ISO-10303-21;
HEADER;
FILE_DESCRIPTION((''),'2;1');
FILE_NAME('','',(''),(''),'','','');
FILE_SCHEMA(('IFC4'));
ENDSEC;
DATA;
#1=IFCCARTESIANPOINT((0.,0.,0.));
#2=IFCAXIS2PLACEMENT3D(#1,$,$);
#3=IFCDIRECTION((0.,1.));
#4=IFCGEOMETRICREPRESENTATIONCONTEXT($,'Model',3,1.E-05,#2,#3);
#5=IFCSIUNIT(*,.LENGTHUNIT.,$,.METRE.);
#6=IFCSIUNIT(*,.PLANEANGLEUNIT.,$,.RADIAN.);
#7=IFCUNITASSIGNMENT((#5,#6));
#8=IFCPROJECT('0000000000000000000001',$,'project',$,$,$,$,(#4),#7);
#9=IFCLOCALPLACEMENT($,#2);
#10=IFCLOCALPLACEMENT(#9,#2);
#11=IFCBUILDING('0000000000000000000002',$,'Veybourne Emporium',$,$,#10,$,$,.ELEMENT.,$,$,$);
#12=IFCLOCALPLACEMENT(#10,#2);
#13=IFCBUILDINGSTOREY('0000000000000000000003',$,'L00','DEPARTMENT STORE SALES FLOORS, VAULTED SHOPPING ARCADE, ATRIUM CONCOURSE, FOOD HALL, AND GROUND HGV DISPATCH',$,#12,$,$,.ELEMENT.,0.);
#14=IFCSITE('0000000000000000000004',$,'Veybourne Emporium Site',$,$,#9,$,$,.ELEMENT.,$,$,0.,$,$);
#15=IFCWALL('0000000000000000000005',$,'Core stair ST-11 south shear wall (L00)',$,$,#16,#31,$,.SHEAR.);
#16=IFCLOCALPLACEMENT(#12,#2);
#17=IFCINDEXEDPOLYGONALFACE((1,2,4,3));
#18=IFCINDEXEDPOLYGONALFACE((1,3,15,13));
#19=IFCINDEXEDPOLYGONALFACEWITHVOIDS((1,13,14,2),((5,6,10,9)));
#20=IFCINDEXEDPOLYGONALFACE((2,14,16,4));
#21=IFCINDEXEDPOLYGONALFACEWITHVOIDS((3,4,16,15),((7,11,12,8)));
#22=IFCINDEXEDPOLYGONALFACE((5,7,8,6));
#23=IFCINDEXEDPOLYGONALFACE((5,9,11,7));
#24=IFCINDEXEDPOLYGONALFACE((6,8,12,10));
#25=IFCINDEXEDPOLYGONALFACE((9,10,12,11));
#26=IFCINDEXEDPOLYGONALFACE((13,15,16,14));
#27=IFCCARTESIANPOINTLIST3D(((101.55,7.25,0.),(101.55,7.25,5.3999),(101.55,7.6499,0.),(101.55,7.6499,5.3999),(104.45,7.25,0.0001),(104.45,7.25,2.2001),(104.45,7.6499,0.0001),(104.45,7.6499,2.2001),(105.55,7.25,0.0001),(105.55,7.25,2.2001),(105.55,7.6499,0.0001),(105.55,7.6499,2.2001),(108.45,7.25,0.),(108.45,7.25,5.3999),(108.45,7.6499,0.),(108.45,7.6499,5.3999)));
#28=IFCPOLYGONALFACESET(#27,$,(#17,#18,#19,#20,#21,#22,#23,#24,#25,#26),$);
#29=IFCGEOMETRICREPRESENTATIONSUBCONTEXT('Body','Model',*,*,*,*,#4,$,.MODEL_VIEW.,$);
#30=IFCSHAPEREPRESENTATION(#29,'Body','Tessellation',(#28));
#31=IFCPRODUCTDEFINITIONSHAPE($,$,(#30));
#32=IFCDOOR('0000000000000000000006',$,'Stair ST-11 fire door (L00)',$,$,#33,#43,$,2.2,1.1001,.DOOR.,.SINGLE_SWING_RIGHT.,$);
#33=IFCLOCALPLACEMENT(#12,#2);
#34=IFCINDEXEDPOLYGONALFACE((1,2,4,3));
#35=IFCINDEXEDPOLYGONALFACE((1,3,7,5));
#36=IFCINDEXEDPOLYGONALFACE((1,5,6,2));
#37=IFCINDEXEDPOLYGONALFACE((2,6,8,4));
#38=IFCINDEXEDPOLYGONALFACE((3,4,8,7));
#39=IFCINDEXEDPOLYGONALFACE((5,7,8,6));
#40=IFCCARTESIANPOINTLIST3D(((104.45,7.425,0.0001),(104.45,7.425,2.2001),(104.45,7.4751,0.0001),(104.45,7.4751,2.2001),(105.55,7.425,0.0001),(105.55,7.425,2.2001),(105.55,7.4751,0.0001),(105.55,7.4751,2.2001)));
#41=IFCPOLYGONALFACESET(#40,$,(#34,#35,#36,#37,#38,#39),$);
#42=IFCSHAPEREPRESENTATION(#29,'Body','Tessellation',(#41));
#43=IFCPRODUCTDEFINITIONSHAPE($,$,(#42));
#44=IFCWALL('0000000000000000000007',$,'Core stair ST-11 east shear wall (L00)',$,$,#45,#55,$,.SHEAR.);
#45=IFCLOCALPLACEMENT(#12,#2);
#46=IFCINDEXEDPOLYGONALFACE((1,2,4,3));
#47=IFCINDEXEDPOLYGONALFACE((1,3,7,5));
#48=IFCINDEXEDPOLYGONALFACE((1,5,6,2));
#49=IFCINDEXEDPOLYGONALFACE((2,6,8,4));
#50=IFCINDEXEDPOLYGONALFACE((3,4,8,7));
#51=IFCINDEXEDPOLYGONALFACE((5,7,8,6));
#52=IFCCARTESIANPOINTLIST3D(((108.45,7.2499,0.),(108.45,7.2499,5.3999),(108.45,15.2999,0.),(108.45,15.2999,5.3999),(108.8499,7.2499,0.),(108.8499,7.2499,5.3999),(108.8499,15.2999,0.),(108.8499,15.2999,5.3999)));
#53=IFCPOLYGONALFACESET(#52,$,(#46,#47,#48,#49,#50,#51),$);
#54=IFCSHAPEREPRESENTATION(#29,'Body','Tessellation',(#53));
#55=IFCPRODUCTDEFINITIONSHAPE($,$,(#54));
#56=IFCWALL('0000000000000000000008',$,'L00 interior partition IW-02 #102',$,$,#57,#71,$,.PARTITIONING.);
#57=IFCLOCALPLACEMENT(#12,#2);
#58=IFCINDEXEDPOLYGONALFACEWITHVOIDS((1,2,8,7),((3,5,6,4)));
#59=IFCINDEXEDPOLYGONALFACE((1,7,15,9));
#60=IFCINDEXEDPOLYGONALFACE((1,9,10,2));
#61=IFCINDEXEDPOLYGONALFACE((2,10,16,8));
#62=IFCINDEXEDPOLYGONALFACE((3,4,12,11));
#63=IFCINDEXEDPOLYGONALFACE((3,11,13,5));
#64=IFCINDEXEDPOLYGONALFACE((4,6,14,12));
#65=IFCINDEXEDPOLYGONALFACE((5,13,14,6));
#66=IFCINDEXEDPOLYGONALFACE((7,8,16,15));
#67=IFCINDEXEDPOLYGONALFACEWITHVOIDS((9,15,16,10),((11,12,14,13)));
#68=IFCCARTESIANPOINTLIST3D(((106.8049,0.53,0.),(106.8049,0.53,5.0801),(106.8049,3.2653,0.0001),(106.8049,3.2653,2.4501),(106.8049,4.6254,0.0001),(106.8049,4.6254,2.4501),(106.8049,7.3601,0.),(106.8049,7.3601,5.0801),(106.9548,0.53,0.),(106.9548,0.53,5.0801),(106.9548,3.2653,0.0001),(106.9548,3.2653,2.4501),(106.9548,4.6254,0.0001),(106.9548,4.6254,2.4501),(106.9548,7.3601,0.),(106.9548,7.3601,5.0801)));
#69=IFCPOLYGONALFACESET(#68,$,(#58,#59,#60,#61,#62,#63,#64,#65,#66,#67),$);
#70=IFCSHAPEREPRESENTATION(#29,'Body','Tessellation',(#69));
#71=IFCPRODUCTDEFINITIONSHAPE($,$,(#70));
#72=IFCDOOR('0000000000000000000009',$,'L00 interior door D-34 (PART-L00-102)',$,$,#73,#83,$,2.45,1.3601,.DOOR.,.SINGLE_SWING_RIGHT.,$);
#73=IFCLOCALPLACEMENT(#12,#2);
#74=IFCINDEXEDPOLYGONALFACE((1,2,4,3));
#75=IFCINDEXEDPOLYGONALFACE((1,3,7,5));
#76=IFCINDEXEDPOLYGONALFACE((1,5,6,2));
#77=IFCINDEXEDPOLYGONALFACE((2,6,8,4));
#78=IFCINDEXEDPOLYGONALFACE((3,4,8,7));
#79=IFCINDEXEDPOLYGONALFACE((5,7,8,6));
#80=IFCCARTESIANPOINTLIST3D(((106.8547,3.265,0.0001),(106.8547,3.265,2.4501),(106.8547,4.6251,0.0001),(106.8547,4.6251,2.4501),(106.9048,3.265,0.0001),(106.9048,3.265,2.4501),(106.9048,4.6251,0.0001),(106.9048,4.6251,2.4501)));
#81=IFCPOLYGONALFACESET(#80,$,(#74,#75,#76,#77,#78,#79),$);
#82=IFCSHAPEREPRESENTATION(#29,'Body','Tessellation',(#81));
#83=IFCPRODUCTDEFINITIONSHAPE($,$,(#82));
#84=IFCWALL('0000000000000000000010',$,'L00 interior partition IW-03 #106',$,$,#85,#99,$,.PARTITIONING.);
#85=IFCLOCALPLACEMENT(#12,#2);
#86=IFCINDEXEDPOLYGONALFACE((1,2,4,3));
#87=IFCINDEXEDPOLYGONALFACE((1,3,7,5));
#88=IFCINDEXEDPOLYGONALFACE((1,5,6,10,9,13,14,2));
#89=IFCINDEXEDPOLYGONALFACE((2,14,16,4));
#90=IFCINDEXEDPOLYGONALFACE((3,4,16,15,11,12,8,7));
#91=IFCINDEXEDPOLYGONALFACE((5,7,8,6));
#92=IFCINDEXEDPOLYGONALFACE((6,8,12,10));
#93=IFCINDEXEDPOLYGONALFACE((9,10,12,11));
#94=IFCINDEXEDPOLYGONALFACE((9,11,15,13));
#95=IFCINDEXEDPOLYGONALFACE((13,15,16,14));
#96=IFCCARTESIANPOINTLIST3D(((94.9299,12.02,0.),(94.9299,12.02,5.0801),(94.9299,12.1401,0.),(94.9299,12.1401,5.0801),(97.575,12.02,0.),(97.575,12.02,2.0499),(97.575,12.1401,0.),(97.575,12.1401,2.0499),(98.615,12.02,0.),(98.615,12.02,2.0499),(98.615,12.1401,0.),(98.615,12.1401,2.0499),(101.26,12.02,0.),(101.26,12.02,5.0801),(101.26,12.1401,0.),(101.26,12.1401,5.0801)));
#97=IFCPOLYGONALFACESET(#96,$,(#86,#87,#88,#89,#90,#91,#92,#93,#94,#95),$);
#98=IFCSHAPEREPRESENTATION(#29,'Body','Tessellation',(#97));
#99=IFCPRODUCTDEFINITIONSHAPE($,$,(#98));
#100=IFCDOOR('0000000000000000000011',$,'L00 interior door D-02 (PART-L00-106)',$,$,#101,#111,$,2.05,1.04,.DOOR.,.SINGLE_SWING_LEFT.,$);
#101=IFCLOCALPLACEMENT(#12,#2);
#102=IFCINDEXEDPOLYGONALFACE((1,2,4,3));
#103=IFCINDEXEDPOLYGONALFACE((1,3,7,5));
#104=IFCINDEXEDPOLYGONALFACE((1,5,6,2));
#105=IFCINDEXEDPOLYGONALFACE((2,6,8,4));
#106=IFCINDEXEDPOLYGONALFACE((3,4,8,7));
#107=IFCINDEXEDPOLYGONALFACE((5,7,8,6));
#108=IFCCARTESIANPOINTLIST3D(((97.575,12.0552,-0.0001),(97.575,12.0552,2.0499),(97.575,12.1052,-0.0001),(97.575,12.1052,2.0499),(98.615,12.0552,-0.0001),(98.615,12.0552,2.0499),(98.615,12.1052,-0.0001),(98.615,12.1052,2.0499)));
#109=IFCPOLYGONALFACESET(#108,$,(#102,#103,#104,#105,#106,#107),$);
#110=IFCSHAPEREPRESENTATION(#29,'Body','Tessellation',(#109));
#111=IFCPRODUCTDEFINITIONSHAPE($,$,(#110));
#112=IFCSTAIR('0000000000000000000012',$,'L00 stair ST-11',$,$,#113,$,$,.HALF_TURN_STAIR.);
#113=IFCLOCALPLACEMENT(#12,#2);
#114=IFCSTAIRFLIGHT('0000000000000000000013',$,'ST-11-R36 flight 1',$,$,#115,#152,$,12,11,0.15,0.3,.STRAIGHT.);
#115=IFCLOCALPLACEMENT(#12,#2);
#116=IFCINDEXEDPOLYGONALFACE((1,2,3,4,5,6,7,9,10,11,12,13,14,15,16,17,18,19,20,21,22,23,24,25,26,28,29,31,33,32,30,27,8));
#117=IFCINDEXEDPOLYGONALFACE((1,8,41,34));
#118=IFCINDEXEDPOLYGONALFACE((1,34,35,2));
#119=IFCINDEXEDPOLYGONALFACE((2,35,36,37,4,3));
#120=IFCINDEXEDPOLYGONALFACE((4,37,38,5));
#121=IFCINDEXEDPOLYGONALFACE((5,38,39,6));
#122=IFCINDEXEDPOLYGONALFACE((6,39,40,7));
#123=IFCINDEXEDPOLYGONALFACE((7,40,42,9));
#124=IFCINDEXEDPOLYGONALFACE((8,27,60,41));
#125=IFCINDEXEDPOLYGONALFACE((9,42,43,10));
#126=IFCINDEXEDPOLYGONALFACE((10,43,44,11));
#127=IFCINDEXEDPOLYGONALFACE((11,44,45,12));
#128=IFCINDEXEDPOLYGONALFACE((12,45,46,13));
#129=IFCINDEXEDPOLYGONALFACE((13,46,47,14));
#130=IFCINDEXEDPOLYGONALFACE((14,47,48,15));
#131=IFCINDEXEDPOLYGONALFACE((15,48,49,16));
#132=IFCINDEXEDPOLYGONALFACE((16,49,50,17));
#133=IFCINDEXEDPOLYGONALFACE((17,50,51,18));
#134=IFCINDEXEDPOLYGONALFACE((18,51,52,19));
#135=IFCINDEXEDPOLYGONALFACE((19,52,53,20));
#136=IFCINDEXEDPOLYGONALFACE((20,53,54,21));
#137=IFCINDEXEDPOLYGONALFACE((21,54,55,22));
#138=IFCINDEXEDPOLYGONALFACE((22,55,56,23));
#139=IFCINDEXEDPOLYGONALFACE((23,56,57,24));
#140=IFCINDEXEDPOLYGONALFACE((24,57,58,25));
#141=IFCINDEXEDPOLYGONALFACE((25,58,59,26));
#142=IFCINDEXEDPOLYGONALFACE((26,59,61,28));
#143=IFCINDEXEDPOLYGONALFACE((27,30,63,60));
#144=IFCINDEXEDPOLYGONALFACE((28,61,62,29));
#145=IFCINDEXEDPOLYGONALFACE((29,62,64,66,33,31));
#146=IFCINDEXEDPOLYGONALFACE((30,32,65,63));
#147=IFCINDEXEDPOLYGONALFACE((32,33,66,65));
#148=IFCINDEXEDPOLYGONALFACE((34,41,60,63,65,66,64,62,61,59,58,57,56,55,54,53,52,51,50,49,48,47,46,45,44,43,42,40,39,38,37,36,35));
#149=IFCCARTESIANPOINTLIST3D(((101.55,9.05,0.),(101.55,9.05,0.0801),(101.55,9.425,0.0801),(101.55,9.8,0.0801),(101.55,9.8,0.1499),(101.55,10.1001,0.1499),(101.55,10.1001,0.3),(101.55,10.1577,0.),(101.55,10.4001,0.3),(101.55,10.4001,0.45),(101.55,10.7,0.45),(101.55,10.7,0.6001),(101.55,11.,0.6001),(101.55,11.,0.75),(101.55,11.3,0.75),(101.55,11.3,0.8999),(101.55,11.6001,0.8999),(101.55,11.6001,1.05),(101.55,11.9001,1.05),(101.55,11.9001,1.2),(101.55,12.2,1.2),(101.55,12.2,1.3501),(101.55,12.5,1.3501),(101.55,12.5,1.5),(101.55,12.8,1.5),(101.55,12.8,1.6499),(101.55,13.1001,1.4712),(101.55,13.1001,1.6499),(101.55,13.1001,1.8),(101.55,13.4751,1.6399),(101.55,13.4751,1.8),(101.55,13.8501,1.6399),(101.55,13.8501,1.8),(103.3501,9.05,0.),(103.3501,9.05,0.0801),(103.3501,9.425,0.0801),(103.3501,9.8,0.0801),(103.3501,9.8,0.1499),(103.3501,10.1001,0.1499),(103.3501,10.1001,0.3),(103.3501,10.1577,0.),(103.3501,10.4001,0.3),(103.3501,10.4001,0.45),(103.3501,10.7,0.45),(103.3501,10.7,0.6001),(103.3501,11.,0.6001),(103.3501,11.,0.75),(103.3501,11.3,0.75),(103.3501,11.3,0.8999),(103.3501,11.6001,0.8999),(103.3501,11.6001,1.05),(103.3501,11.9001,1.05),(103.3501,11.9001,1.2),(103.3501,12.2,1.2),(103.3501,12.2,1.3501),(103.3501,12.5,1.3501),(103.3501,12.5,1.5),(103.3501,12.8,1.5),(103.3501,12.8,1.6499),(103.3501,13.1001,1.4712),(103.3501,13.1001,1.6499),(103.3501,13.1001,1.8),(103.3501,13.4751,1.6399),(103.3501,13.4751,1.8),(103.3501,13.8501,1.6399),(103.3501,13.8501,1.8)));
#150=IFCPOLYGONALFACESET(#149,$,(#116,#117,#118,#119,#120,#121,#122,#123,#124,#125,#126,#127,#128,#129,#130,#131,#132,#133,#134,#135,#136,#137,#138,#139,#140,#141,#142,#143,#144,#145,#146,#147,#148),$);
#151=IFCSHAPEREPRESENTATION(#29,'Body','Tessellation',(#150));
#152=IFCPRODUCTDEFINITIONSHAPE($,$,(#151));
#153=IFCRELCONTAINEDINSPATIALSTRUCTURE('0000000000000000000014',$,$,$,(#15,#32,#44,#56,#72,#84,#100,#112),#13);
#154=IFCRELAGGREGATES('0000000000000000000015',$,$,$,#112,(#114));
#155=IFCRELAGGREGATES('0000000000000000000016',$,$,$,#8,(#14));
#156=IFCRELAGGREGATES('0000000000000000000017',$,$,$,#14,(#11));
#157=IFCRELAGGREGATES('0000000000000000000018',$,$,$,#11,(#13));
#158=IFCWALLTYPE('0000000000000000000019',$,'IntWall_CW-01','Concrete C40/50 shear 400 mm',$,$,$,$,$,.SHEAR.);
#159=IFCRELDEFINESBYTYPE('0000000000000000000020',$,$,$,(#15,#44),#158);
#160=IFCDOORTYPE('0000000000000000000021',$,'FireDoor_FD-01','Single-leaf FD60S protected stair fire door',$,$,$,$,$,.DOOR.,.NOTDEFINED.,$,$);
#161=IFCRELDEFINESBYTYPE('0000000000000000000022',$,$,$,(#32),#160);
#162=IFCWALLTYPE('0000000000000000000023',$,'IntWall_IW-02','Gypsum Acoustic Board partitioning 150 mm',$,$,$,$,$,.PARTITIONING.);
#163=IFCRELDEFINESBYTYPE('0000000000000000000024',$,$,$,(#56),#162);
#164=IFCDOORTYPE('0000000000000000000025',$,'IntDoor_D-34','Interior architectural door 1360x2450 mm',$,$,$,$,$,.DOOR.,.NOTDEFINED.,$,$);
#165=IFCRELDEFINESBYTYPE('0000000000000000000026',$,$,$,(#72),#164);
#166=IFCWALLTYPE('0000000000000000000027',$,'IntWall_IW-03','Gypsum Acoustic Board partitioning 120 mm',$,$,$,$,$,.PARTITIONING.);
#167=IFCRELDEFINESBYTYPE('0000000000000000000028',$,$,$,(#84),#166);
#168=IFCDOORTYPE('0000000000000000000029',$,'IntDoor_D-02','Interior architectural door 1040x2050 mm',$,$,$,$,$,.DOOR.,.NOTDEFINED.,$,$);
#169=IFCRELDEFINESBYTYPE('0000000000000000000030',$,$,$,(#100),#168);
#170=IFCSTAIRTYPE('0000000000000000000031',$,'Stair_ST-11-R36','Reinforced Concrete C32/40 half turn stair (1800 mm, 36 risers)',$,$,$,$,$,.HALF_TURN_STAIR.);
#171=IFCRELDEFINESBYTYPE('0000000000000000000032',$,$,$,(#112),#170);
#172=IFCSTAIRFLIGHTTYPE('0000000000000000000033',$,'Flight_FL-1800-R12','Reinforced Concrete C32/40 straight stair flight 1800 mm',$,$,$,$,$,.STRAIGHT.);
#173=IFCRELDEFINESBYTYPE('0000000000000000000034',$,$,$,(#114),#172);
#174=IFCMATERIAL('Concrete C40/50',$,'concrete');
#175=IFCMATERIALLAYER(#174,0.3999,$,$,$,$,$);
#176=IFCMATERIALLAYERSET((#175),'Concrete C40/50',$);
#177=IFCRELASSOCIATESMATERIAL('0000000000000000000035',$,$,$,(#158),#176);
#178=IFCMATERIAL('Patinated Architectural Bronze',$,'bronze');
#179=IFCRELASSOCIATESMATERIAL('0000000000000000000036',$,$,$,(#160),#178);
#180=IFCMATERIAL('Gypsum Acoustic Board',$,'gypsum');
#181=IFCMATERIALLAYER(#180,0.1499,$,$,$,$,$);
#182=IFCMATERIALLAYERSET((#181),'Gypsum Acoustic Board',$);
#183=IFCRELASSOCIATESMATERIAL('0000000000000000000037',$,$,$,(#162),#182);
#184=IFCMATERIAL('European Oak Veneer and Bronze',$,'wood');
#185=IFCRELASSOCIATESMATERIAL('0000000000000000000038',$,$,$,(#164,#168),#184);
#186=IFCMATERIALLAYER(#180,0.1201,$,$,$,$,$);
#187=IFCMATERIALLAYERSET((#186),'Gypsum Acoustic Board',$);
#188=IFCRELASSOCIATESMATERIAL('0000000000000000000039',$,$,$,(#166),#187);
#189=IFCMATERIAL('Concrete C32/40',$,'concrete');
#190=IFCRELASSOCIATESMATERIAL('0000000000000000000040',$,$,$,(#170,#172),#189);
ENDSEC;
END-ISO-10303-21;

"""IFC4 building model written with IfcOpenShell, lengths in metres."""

from ifc_helpers import new_model, si_unit, direction, frame, frame_2d, origin, place, context, subcontext, project, spatial, polyline, rectangle, outline, extrude, material, layer, layer_set, type_object, element, fill, aggregate, save


model = new_model("IFC4")

# Units and contexts
model_context = context("Model", 3, precision=1e-05, world=origin(), true_north=direction((0.0, 1.0)))
body_context = subcontext(model_context, "Body", "Model", "MODEL_VIEW")
ifc_project = project(units=[si_unit("LENGTHUNIT", "METRE"), si_unit("PLANEANGLEUNIT", "RADIAN")], contexts=[model_context])

# Site, building, storey
site_placement = place(None, origin())
site = spatial("IfcSite", under=ifc_project, at=site_placement, Name="Veybourne Emporium Site", CompositionType="ELEMENT", RefElevation=0.0)
building_placement = place(site_placement, origin())
building = spatial("IfcBuilding", under=site, at=building_placement, Name="Veybourne Emporium", CompositionType="ELEMENT")
storey_placement = place(building_placement, origin())
storey = spatial("IfcBuildingStorey", under=building, at=storey_placement, Name="L00", Description="DEPARTMENT STORE SALES FLOORS, VAULTED SHOPPING ARCADE, ATRIUM CONCOURSE, FOOD HALL, AND GROUND HGV DISPATCH", CompositionType="ELEMENT", Elevation=0.0)

# Shared definitions
ifc_material_1 = material(Name="Concrete C40/50", Category="concrete")

# Shared definitions
ifc_material_2 = material(Name="Concrete C32/40", Category="concrete")

# Shared definitions
ifc_material_3 = material(Name="Patinated Architectural Bronze", Category="bronze")

# Wall, opening, door
ifc_layer_1 = layer(ifc_material_1, 0.3999)
ifc_layer_set_1 = layer_set([ifc_layer_1], Name="Concrete C40/50")
wall_type_1 = type_object("IfcWallType", Name="IntWall_CW-01", Description="Concrete C40/50 shear 400 mm", PredefinedType="SHEAR", material=ifc_layer_set_1)
wall_1_placement = place(storey_placement, frame((108.45, 7.45, 0.0), z_axis=(0.0, 0.0, 1.0), x_axis=(-1.0, 0.0, 0.0)))
wall_1 = element("IfcWall", 1, at=wall_1_placement, inside=storey, type_object=wall_type_1, Name="Core stair ST-11 south shear wall (L00)", PredefinedType="SHEAR", context=body_context, shape_type="SweptSolid", body=[
    extrude(rectangle(XDim=6.8999, YDim=0.3999, at=frame_2d((3.45, 0.0))), origin(), (0.0, 0.0, 1.0), 5.3999),
])
opening_1_placement = place(wall_1_placement, frame((2.8999, 0.0, 0.0)))
opening_1 = element("IfcOpeningElement", 2, at=opening_1_placement, cuts=wall_1, PredefinedType="OPENING", context=body_context, shape_type="SweptSolid", body=[
    extrude(rectangle(XDim=1.1001, YDim=2.2, at=frame_2d((0.55, 1.1001))), frame((0.0, 0.22, 0.0), z_axis=(0.0, -1.0, 0.0), x_axis=(1.0, 0.0, 0.0)), (0.0, 0.0, 1.0), 0.4399),
])
door_type_1 = type_object("IfcDoorType", Name="FireDoor_FD-01", Description="Single-leaf FD60S protected stair fire door", OperationType="NOTDEFINED", PredefinedType="DOOR", material=ifc_material_3)
door_1_placement = place(opening_1_placement, origin())
door_1 = element("IfcDoor", 3, at=door_1_placement, inside=storey, type_object=door_type_1, Name="Stair ST-11 fire door (L00)", OperationType="SINGLE_SWING_RIGHT", OverallHeight=2.2, OverallWidth=1.1001, PredefinedType="DOOR", context=body_context, shape_type="SweptSolid", body=[
    extrude(rectangle(XDim=1.1001, YDim=2.2, at=frame_2d((0.55, 1.1001))), frame((0.0, 0.0249, 0.0), z_axis=(0.0, -1.0, 0.0), x_axis=(1.0, 0.0, 0.0)), (0.0, 0.0, 1.0), 0.05),
])
fill(opening_1, door_1)

# Wall
wall_2_placement = place(storey_placement, frame((108.6499, 7.25, 0.0), z_axis=(0.0, 0.0, 1.0), x_axis=(0.0, 1.0, 0.0)))
element("IfcWall", 4, at=wall_2_placement, inside=storey, type_object=wall_type_1, Name="Core stair ST-11 east shear wall (L00)", PredefinedType="SHEAR", context=body_context, shape_type="SweptSolid", body=[
    extrude(rectangle(XDim=8.05, YDim=0.3999, at=frame_2d((4.0249, 0.0))), origin(), (0.0, 0.0, 1.0), 5.3999),
])

# Walls, openings, doors
ifc_material_4 = material(Name="Gypsum Acoustic Board", Category="gypsum")
ifc_layer_2 = layer(ifc_material_4, 0.1499)
ifc_layer_set_2 = layer_set([ifc_layer_2], Name="Gypsum Acoustic Board")
wall_type_2 = type_object("IfcWallType", Name="IntWall_IW-02", Description="Gypsum Acoustic Board partitioning 150 mm", PredefinedType="PARTITIONING", material=ifc_layer_set_2)
wall_3_placement = place(storey_placement, frame((106.8799, 0.53, 0.0), z_axis=(0.0, 0.0, 1.0), x_axis=(0.0, 1.0, 0.0)))
wall_3 = element("IfcWall", 5, at=wall_3_placement, inside=storey, type_object=wall_type_2, Name="L00 interior partition IW-02 #102", PredefinedType="PARTITIONING", context=body_context, shape_type="SweptSolid", body=[
    extrude(rectangle(XDim=6.8301, YDim=0.1499, at=frame_2d((3.415, 0.0))), origin(), (0.0, 0.0, 1.0), 5.0801),
])
opening_2_placement = place(wall_3_placement, frame((2.7351, 0.0, 0.0)))
opening_2 = element("IfcOpeningElement", 6, at=opening_2_placement, cuts=wall_3, PredefinedType="OPENING", context=body_context, shape_type="SweptSolid", body=[
    extrude(rectangle(XDim=1.3601, YDim=2.45, at=frame_2d((0.6802, 1.2251))), frame((0.0, 0.095, 0.0), z_axis=(0.0, -1.0, 0.0), x_axis=(1.0, 0.0, 0.0)), (0.0, 0.0, 1.0), 0.1899),
])
ifc_material_5 = material(Name="European Oak Veneer and Bronze", Category="wood")
door_type_2 = type_object("IfcDoorType", Name="IntDoor_D-34", Description="Interior architectural door 1360x2450 mm", OperationType="NOTDEFINED", PredefinedType="DOOR", material=ifc_material_5)
door_2_placement = place(opening_2_placement, frame((1.3601, 0.0, 0.0), z_axis=(0.0, 0.0, 1.0), x_axis=(-1.0, 0.0, 0.0)))
door_2 = element("IfcDoor", 7, at=door_2_placement, inside=storey, type_object=door_type_2, Name="L00 interior door D-34 (PART-L00-102)", OperationType="SINGLE_SWING_RIGHT", OverallHeight=2.45, OverallWidth=1.3601, PredefinedType="DOOR", context=body_context, shape_type="SweptSolid", body=[
    extrude(rectangle(XDim=1.3601, YDim=2.45, at=frame_2d((0.6802, 1.2251))), frame((0.0, 0.0249, 0.0), z_axis=(0.0, -1.0, 0.0), x_axis=(1.0, 0.0, 0.0)), (0.0, 0.0, 1.0), 0.05),
])
fill(opening_2, door_2)
ifc_layer_3 = layer(ifc_material_4, 0.1201)
ifc_layer_set_3 = layer_set([ifc_layer_3], Name="Gypsum Acoustic Board")
wall_type_3 = type_object("IfcWallType", Name="IntWall_IW-03", Description="Gypsum Acoustic Board partitioning 120 mm", PredefinedType="PARTITIONING", material=ifc_layer_set_3)
wall_4_placement = place(storey_placement, frame((94.9299, 12.0801, 0.0), z_axis=(0.0, 0.0, 1.0), x_axis=(1.0, 0.0, 0.0)))
wall_4 = element("IfcWall", 8, at=wall_4_placement, inside=storey, type_object=wall_type_3, Name="L00 interior partition IW-03 #106", PredefinedType="PARTITIONING", context=body_context, shape_type="SweptSolid", body=[
    extrude(rectangle(XDim=6.3301, YDim=0.1201, at=frame_2d((3.165, 0.0))), origin(), (0.0, 0.0, 1.0), 5.0801),
])
opening_3_placement = place(wall_4_placement, frame((2.645, 0.0, 0.0)))
opening_3 = element("IfcOpeningElement", 9, at=opening_3_placement, cuts=wall_4, PredefinedType="OPENING", context=body_context, shape_type="SweptSolid", body=[
    extrude(rectangle(XDim=1.04, YDim=2.05, at=frame_2d((0.52, 1.0249))), frame((0.0, 0.0801, 0.0), z_axis=(0.0, -1.0, 0.0), x_axis=(1.0, 0.0, 0.0)), (0.0, 0.0, 1.0), 0.1602),
])
door_type_3 = type_object("IfcDoorType", Name="IntDoor_D-02", Description="Interior architectural door 1040x2050 mm", OperationType="NOTDEFINED", PredefinedType="DOOR", material=ifc_material_5)
door_3_placement = place(opening_3_placement, frame((1.04, 0.0, 0.0), z_axis=(0.0, 0.0, 1.0), x_axis=(-1.0, 0.0, 0.0)))
door_3 = element("IfcDoor", 10, at=door_3_placement, inside=storey, type_object=door_type_3, Name="L00 interior door D-02 (PART-L00-106)", OperationType="SINGLE_SWING_LEFT", OverallHeight=2.05, OverallWidth=1.04, PredefinedType="DOOR", context=body_context, shape_type="SweptSolid", body=[
    extrude(rectangle(XDim=1.04, YDim=2.05, at=frame_2d((0.52, 1.0249))), frame((0.0, 0.0249, 0.0), z_axis=(0.0, -1.0, 0.0), x_axis=(1.0, 0.0, 0.0)), (0.0, 0.0, 1.0), 0.05),
])
fill(opening_3, door_3)

# Stair, stair flight
stair_type = type_object("IfcStairType", Name="Stair_ST-11-R36", Description="Reinforced Concrete C32/40 half turn stair (1800 mm, 36 risers)", PredefinedType="HALF_TURN_STAIR", material=ifc_material_2)
stair_placement = place(storey_placement, origin())
stair = element("IfcStair", 11, at=stair_placement, inside=storey, type_object=stair_type, Name="L00 stair ST-11", PredefinedType="HALF_TURN_STAIR")
stair_flight_type = type_object("IfcStairFlightType", Name="Flight_FL-1800-R12", Description="Reinforced Concrete C32/40 straight stair flight 1800 mm", PredefinedType="STRAIGHT", material=ifc_material_2)
stair_flight_placement = place(storey_placement, frame((102.45, 9.8, 0.0), z_axis=(0.0, 0.0, 1.0), x_axis=(0.0, 1.0, 0.0)))
stair_flight = element("IfcStairFlight", 12, at=stair_flight_placement, type_object=stair_flight_type, Name="ST-11-R36 flight 1", NumberOfRisers=12, NumberOfTreads=11, PredefinedType="STRAIGHT", RiserHeight=0.15, TreadLength=0.3, context=body_context, shape_type="SweptSolid", body=[
    extrude(outline(polyline([(-0.75, 0.0), (-0.75, 0.0801), (-0.375, 0.0801), (0.0, 0.0801), (0.0, 0.1499), (0.3, 0.1499), (0.3, 0.3), (0.6001, 0.3), (0.6001, 0.45), (0.8999, 0.45), (0.8999, 0.6001), (1.2, 0.6001), (1.2, 0.75), (1.5, 0.75), (1.5, 0.8999), (1.8, 0.8999), (1.8, 1.05), (2.1001, 1.05), (2.1001, 1.2), (2.3999, 1.2), (2.3999, 1.3501), (2.7, 1.3501), (2.7, 1.5), (3.0, 1.5), (3.0, 1.6499), (3.3, 1.6499), (3.3, 1.8), (3.675, 1.8), (4.05, 1.8), (4.05, 1.6399), (3.675, 1.6399), (3.3, 1.4712), (0.3577, 0.0), (-0.75, 0.0)])), frame((0.0, 0.8999, 0.0), z_axis=(0.0, -1.0, 0.0), x_axis=(1.0, 0.0, 0.0)), (0.0, 0.0, 1.0), 1.8),
])
aggregate(stair, [stair_flight])

save(model, "model.ifc")
